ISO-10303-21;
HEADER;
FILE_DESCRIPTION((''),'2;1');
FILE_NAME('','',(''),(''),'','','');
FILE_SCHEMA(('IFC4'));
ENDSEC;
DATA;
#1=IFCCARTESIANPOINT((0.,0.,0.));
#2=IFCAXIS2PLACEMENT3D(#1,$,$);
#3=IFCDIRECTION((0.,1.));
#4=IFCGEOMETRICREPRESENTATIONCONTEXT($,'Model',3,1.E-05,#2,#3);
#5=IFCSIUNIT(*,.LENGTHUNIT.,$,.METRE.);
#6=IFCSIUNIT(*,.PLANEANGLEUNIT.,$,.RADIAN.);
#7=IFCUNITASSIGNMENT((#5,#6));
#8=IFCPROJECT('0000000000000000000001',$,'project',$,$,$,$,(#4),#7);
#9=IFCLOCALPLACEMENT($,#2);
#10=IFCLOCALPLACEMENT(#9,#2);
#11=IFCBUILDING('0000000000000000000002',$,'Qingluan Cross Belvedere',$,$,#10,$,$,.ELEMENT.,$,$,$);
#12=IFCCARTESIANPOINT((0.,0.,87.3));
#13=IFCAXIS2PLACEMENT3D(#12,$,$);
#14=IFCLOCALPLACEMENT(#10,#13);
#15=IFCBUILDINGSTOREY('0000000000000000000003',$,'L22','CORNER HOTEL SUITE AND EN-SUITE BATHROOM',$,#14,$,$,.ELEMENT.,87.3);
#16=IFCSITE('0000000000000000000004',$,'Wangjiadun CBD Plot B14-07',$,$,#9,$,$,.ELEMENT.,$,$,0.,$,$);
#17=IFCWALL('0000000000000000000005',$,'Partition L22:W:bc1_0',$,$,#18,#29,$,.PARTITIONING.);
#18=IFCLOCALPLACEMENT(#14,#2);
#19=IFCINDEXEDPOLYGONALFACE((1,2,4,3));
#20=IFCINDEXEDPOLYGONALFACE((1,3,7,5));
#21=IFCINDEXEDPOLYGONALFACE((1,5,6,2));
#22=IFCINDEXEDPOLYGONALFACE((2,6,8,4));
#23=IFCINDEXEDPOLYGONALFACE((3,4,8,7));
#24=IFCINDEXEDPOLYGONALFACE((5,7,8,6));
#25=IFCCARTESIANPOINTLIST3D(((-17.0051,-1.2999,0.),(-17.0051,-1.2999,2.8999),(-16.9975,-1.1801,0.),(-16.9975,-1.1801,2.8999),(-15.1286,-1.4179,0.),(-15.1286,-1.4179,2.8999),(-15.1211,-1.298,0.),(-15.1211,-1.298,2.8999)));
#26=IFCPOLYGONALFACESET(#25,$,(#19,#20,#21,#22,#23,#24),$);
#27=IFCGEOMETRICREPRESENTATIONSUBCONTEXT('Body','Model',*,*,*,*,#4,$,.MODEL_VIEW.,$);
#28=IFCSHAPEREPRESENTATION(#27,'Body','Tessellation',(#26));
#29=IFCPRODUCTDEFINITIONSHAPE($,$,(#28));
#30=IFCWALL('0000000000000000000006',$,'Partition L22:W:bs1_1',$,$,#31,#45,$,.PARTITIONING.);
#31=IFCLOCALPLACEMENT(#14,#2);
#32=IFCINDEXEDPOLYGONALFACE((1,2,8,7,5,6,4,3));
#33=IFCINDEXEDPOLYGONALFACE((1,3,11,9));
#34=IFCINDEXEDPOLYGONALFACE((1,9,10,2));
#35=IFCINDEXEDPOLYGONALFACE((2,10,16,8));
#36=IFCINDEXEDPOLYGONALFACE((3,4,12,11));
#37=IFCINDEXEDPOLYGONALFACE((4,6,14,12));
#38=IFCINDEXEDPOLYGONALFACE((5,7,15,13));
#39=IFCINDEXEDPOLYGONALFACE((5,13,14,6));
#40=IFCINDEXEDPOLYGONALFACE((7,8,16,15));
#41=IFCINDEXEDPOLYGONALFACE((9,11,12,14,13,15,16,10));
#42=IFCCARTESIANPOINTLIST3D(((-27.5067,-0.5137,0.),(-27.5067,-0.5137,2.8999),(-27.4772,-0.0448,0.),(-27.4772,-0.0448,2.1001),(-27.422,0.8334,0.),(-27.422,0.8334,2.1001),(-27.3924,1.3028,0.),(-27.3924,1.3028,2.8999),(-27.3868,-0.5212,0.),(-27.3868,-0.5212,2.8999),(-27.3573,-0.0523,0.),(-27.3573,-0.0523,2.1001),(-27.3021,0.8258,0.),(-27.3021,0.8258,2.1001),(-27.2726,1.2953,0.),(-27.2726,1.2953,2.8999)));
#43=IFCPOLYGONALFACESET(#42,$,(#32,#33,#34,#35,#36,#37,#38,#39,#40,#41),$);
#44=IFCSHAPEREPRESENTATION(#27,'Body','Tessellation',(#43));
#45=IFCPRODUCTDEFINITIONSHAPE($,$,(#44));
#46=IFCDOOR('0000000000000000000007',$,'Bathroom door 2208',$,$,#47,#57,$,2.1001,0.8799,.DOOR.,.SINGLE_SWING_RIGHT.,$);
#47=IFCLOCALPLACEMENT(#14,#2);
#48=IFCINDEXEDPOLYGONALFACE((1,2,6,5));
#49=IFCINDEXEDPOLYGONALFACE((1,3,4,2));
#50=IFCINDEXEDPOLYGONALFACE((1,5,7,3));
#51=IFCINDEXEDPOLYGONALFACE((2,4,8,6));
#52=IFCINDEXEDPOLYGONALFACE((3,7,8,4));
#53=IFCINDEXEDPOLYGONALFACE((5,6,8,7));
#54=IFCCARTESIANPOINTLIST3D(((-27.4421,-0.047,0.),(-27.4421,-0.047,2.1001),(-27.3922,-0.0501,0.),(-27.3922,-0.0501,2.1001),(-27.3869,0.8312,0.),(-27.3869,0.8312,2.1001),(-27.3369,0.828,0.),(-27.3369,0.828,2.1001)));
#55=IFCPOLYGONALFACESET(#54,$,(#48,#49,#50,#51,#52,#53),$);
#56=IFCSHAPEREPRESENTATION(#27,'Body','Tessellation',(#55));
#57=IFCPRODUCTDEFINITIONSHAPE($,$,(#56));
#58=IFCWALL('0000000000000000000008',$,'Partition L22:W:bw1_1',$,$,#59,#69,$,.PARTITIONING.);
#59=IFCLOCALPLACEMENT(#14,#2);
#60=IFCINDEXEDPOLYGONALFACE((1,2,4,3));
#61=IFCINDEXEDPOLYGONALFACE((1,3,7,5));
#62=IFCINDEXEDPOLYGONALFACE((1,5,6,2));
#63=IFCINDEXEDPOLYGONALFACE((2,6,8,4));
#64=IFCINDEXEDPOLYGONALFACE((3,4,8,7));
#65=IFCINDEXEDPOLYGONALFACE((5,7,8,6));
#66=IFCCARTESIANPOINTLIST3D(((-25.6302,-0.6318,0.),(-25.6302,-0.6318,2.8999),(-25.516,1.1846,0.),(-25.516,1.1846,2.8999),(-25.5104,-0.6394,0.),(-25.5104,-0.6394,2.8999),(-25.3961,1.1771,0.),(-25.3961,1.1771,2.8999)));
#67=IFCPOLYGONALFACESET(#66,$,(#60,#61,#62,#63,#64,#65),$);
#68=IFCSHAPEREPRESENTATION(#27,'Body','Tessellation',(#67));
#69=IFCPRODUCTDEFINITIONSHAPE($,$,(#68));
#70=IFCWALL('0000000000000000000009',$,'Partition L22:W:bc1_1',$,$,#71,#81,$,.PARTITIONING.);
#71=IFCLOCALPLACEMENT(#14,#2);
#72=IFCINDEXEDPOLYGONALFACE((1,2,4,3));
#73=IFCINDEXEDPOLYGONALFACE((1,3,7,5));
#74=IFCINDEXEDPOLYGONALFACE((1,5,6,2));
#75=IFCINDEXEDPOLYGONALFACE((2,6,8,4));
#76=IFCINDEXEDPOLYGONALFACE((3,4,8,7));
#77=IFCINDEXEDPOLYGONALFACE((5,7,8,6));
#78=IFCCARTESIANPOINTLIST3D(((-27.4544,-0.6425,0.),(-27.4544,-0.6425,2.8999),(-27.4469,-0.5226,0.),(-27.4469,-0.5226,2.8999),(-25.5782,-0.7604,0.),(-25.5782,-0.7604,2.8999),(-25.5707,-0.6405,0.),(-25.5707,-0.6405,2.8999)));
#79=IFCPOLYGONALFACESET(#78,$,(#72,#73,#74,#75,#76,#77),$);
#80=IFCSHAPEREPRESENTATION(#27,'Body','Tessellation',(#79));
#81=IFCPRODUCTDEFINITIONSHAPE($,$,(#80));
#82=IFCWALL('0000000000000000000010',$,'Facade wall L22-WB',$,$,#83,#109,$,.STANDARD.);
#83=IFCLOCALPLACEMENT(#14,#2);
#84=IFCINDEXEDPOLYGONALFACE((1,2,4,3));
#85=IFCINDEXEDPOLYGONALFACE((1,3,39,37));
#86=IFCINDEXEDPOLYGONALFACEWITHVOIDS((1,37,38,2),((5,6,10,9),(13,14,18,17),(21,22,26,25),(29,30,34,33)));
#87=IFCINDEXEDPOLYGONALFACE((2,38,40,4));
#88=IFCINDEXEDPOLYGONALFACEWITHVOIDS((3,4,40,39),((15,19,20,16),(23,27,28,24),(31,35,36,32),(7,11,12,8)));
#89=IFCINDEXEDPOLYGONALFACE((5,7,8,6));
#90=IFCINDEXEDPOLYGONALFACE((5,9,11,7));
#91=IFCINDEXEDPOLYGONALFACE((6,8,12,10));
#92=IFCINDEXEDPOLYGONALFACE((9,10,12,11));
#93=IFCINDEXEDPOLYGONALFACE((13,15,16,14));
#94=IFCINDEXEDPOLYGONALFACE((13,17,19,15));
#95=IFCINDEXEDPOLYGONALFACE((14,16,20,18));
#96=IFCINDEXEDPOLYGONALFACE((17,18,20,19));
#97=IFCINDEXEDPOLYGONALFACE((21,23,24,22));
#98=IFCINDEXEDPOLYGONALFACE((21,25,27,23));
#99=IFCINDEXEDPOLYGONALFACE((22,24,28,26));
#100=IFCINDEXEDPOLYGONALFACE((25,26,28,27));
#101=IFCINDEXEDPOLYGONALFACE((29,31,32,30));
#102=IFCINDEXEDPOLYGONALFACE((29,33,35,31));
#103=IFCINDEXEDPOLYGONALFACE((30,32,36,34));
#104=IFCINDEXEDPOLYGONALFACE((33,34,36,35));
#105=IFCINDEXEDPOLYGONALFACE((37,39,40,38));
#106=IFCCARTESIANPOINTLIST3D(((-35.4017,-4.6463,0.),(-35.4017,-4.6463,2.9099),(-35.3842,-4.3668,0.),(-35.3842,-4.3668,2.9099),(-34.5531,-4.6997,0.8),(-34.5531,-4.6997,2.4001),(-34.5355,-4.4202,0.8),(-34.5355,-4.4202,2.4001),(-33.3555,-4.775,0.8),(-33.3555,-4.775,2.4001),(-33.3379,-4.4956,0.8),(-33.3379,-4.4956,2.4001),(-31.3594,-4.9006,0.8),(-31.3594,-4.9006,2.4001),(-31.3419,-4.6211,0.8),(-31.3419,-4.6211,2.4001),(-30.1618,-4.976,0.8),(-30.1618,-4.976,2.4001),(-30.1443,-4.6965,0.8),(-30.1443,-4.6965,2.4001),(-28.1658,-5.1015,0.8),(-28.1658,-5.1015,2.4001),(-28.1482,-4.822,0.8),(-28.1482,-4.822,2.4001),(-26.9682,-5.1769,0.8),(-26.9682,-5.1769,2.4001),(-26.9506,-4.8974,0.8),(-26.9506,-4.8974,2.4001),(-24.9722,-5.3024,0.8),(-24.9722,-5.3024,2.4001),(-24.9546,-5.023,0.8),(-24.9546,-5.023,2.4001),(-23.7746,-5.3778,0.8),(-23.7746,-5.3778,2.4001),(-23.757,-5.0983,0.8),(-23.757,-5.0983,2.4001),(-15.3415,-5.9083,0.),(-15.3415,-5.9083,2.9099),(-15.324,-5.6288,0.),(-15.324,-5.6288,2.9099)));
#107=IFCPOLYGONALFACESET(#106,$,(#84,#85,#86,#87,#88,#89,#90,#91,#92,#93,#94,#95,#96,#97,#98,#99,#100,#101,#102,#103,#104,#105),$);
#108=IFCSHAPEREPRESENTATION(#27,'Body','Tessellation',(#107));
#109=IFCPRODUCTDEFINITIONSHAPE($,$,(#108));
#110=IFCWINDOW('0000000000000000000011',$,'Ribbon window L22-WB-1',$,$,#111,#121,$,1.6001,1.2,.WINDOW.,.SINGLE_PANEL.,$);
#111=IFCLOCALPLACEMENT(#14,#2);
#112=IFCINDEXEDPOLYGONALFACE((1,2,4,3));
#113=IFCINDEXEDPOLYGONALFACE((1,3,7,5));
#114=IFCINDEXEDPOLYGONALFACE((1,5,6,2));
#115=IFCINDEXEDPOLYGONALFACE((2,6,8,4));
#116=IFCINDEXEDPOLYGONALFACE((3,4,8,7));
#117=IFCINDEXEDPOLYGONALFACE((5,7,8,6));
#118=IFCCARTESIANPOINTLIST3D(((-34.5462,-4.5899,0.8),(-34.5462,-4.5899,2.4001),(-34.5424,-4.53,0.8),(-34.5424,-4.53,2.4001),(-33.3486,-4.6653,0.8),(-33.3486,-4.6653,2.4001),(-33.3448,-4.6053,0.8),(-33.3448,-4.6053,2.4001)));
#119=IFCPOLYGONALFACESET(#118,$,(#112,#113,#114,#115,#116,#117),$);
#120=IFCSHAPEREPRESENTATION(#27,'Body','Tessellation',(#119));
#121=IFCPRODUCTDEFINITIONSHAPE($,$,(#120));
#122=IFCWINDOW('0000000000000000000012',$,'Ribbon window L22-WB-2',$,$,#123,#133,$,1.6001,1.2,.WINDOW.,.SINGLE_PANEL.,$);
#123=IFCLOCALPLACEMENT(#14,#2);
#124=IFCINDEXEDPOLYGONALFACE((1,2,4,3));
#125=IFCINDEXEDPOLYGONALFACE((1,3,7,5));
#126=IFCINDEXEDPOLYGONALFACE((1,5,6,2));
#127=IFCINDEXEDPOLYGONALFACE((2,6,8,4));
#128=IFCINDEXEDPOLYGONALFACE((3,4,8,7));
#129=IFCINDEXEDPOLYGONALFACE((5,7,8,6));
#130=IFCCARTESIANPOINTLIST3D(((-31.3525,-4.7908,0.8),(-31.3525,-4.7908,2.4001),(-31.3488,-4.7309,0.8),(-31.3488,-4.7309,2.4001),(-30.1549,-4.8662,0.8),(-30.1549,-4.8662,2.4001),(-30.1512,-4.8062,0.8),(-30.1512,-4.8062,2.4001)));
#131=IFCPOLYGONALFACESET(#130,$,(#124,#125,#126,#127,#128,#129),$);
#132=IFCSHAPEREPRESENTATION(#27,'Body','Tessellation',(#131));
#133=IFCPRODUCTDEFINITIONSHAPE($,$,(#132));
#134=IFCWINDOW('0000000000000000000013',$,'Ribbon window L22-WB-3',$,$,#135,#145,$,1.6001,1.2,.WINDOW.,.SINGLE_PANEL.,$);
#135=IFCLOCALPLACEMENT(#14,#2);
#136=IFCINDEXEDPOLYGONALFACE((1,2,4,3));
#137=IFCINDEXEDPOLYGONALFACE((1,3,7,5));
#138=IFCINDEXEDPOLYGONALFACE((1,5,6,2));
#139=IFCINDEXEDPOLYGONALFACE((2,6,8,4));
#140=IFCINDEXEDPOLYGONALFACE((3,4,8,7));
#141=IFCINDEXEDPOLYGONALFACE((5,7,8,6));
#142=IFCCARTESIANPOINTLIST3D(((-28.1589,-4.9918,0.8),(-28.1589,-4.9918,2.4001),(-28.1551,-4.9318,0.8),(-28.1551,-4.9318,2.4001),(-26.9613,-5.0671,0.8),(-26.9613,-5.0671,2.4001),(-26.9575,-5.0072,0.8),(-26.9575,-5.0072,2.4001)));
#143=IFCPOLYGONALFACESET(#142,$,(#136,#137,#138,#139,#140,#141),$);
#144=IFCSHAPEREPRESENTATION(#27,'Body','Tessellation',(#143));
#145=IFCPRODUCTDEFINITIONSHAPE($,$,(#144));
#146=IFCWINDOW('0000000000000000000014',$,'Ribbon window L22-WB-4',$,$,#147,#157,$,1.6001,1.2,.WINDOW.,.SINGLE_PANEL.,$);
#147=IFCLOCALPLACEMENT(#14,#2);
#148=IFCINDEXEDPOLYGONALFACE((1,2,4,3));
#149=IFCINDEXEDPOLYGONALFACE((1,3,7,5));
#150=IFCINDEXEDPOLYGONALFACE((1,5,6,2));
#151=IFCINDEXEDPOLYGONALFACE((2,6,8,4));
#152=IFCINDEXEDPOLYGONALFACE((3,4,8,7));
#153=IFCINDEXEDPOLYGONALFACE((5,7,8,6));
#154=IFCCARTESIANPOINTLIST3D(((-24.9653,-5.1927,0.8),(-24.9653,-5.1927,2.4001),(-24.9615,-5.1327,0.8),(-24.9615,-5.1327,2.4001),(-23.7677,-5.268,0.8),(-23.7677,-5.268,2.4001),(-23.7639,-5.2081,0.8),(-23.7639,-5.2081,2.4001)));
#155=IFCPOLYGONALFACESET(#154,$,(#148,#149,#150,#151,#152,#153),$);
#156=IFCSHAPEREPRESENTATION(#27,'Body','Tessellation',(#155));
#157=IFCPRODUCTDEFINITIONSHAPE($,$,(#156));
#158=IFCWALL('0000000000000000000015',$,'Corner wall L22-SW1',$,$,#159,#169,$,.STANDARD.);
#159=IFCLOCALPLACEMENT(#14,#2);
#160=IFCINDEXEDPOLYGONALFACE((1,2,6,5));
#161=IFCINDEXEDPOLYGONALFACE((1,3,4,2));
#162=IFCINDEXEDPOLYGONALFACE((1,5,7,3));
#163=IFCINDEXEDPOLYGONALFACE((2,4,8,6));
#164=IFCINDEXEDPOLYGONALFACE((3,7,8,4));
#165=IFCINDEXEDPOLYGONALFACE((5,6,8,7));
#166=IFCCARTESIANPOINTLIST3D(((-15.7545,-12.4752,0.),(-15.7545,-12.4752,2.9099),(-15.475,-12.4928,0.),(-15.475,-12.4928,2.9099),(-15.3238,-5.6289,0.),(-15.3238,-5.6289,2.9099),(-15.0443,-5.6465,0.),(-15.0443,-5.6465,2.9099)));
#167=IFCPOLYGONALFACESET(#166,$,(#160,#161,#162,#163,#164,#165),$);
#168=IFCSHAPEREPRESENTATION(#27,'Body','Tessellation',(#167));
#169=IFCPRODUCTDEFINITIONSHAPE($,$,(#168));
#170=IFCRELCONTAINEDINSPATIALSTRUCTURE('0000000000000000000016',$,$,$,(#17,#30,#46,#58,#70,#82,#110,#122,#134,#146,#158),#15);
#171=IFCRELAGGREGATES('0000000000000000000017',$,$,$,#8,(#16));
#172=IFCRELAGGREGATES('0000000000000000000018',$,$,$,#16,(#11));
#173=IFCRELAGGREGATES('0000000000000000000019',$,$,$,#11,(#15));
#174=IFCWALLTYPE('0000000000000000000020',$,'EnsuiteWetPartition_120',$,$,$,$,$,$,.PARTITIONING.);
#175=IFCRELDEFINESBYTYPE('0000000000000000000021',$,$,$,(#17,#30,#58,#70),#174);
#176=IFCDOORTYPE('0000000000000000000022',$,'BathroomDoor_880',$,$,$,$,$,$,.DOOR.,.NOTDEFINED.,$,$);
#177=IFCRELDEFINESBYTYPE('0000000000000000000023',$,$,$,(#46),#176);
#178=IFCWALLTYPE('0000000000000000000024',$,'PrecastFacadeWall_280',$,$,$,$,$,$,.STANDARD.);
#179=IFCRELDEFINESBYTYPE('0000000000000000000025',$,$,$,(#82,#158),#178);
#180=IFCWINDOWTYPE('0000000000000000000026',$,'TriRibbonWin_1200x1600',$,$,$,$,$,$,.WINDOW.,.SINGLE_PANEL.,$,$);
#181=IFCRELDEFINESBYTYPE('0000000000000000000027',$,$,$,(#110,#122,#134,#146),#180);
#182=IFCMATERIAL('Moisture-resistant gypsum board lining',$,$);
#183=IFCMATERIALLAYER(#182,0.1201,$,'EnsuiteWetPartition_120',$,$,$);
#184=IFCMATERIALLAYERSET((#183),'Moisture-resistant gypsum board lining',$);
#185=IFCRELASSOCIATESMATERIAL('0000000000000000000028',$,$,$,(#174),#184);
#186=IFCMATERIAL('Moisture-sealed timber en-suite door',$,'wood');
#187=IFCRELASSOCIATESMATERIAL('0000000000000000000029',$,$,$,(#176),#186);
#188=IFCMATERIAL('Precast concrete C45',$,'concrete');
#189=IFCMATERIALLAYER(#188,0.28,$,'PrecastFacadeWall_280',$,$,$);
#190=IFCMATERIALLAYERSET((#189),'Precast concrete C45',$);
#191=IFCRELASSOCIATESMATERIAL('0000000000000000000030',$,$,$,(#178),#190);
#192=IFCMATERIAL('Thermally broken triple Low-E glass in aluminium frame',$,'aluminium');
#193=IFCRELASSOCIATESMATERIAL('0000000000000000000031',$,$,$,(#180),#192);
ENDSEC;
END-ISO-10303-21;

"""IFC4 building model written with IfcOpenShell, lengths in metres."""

from ifc_helpers import new_model, si_unit, direction, frame, frame_2d, origin, place, context, subcontext, project, spatial, rectangle, extrude, material, layer, layer_set, type_object, element, fill, save


model = new_model("IFC4")

# Units and contexts
model_context = context("Model", 3, precision=1e-05, world=origin(), true_north=direction((0.0, 1.0)))
body_context = subcontext(model_context, "Body", "Model", "MODEL_VIEW")
ifc_project = project(units=[si_unit("LENGTHUNIT", "METRE"), si_unit("PLANEANGLEUNIT", "RADIAN")], contexts=[model_context])

# Site, building, storey
site_placement = place(None, origin())
site = spatial("IfcSite", under=ifc_project, at=site_placement, Name="Wangjiadun CBD Plot B14-07", CompositionType="ELEMENT", RefElevation=0.0)
building_placement = place(site_placement, origin())
building = spatial("IfcBuilding", under=site, at=building_placement, Name="Qingluan Cross Belvedere", CompositionType="ELEMENT")
storey_placement = place(building_placement, frame((0.0, 0.0, 87.3)))
storey = spatial("IfcBuildingStorey", under=building, at=storey_placement, Name="L22", Description="CORNER HOTEL SUITE AND EN-SUITE BATHROOM", CompositionType="ELEMENT", Elevation=87.3)

# Shared definitions
ifc_material_1 = material(Name="Moisture-resistant gypsum board lining")
ifc_layer_1 = layer(ifc_material_1, 0.1201, Name="EnsuiteWetPartition_120")
ifc_layer_set_1 = layer_set([ifc_layer_1], Name="Moisture-resistant gypsum board lining")
wall_type_1 = type_object("IfcWallType", Name="EnsuiteWetPartition_120", PredefinedType="PARTITIONING", material=ifc_layer_set_1)
ifc_material_2 = material(Name="Moisture-sealed timber en-suite door", Category="wood")
door_type = type_object("IfcDoorType", Name="BathroomDoor_880", OperationType="NOTDEFINED", PredefinedType="DOOR", material=ifc_material_2)

# Wall
wall_1_placement = place(storey_placement, frame((-15.125, -1.3579, 0.0), z_axis=(0.0, 0.0, 1.0), x_axis=(-0.998031, 0.062718, 0.0)))
element("IfcWall", 1, at=wall_1_placement, inside=storey, type_object=wall_type_1, Name="Partition L22:W:bc1_0", PredefinedType="PARTITIONING", context=body_context, shape_type="SweptSolid", body=[
    extrude(rectangle(XDim=1.8801, YDim=0.1201, at=frame_2d((0.9399, 0.0))), origin(), (0.0, 0.0, 1.0), 2.8999),
])

# Wall, opening, door
wall_2_placement = place(storey_placement, frame((-27.4468, -0.5176, 0.0), z_axis=(0.0, 0.0, 1.0), x_axis=(0.062779, 0.998027, 0.0)))
wall_2 = element("IfcWall", 2, at=wall_2_placement, inside=storey, type_object=wall_type_1, Name="Partition L22:W:bs1_1", PredefinedType="PARTITIONING", context=body_context, shape_type="SweptSolid", body=[
    extrude(rectangle(XDim=1.8201, YDim=0.1201, at=frame_2d((0.9102, 0.0))), origin(), (0.0, 0.0, 1.0), 2.8999),
])
opening_1_placement = place(wall_2_placement, frame((0.47, 0.0, 0.0)))
opening_1 = element("IfcOpeningElement", 3, at=opening_1_placement, cuts=wall_2, PredefinedType="OPENING", context=body_context, shape_type="SweptSolid", body=[
    extrude(rectangle(XDim=0.8799, YDim=2.1001, at=frame_2d((0.4399, 1.05))), frame((0.0, 0.0701, 0.0), z_axis=(0.0, -1.0, 0.0), x_axis=(1.0, 0.0, 0.0)), (0.0, 0.0, 1.0), 0.1401),
])
door_1_placement = place(opening_1_placement, origin())
door_1 = element("IfcDoor", 4, at=door_1_placement, inside=storey, type_object=door_type, Name="Bathroom door 2208", OperationType="SINGLE_SWING_RIGHT", OverallHeight=2.1001, OverallWidth=0.8799, PredefinedType="DOOR", context=body_context, shape_type="SweptSolid", body=[
    extrude(rectangle(XDim=0.8799, YDim=2.1001, at=frame_2d((0.4399, 1.05))), frame((0.0, 0.0249, 0.0), z_axis=(0.0, -1.0, 0.0), x_axis=(1.0, 0.0, 0.0)), (0.0, 0.0, 1.0), 0.05),
])
fill(opening_1, door_1)

# Walls
wall_3_placement = place(storey_placement, frame((-25.5703, -0.6357, 0.0), z_axis=(0.0, 0.0, 1.0), x_axis=(0.062779, 0.998027, 0.0)))
element("IfcWall", 5, at=wall_3_placement, inside=storey, type_object=wall_type_1, Name="Partition L22:W:bw1_1", PredefinedType="PARTITIONING", context=body_context, shape_type="SweptSolid", body=[
    extrude(rectangle(XDim=1.8201, YDim=0.1201, at=frame_2d((0.9102, 0.0))), origin(), (0.0, 0.0, 1.0), 2.8999),
])
wall_4_placement = place(storey_placement, frame((-25.5745, -0.7004, 0.0), z_axis=(0.0, 0.0, 1.0), x_axis=(-0.998031, 0.062726, 0.0)))
element("IfcWall", 6, at=wall_4_placement, inside=storey, type_object=wall_type_1, Name="Partition L22:W:bc1_1", PredefinedType="PARTITIONING", context=body_context, shape_type="SweptSolid", body=[
    extrude(rectangle(XDim=1.8799, YDim=0.1201, at=frame_2d((0.9399, 0.0))), origin(), (0.0, 0.0, 1.0), 2.8999),
])

# Wall, openings, windows
ifc_material_3 = material(Name="Precast concrete C45", Category="concrete")
ifc_layer_2 = layer(ifc_material_3, 0.28, Name="PrecastFacadeWall_280")
ifc_layer_set_2 = layer_set([ifc_layer_2], Name="Precast concrete C45")
wall_type_2 = type_object("IfcWallType", Name="PrecastFacadeWall_280", PredefinedType="STANDARD", material=ifc_layer_set_2)
wall_5_placement = place(storey_placement, frame((-35.3928, -4.5066, 0.0), z_axis=(0.0, 0.0, 1.0), x_axis=(0.998027, -0.062784, 0.0)))
wall_5 = element("IfcWall", 7, at=wall_5_placement, inside=storey, type_object=wall_type_2, Name="Facade wall L22-WB", PredefinedType="STANDARD", context=body_context, shape_type="SweptSolid", body=[
    extrude(rectangle(XDim=20.0999, YDim=0.28, at=frame_2d((10.0498, 0.0))), origin(), (0.0, 0.0, 1.0), 2.9099),
])
opening_2_placement = place(wall_5_placement, frame((0.8501, 0.0, 0.8)))
opening_2 = element("IfcOpeningElement", 8, at=opening_2_placement, cuts=wall_5, PredefinedType="OPENING", context=body_context, shape_type="SweptSolid", body=[
    extrude(rectangle(XDim=1.2, YDim=1.6001, at=frame_2d((0.6001, 0.8))), frame((0.0, 0.1499, 0.0), z_axis=(0.0, -1.0, 0.0), x_axis=(1.0, 0.0, 0.0)), (0.0, 0.0, 1.0), 0.3),
])
opening_3_placement = place(wall_5_placement, frame((4.05, 0.0, 0.8)))
opening_3 = element("IfcOpeningElement", 9, at=opening_3_placement, cuts=wall_5, PredefinedType="OPENING", context=body_context, shape_type="SweptSolid", body=[
    extrude(rectangle(XDim=1.2, YDim=1.6001, at=frame_2d((0.6001, 0.8))), frame((0.0, 0.1499, 0.0), z_axis=(0.0, -1.0, 0.0), x_axis=(1.0, 0.0, 0.0)), (0.0, 0.0, 1.0), 0.3),
])
opening_4_placement = place(wall_5_placement, frame((7.25, 0.0, 0.8)))
opening_4 = element("IfcOpeningElement", 10, at=opening_4_placement, cuts=wall_5, PredefinedType="OPENING", context=body_context, shape_type="SweptSolid", body=[
    extrude(rectangle(XDim=1.2, YDim=1.6001, at=frame_2d((0.6001, 0.8))), frame((0.0, 0.1499, 0.0), z_axis=(0.0, -1.0, 0.0), x_axis=(1.0, 0.0, 0.0)), (0.0, 0.0, 1.0), 0.3),
])
opening_5_placement = place(wall_5_placement, frame((10.45, 0.0, 0.8)))
opening_5 = element("IfcOpeningElement", 11, at=opening_5_placement, cuts=wall_5, PredefinedType="OPENING", context=body_context, shape_type="SweptSolid", body=[
    extrude(rectangle(XDim=1.2, YDim=1.6001, at=frame_2d((0.6001, 0.8))), frame((0.0, 0.1499, 0.0), z_axis=(0.0, -1.0, 0.0), x_axis=(1.0, 0.0, 0.0)), (0.0, 0.0, 1.0), 0.3),
])
ifc_material_4 = material(Name="Thermally broken triple Low-E glass in aluminium frame", Category="aluminium")
window_type = type_object("IfcWindowType", Name="TriRibbonWin_1200x1600", PartitioningType="SINGLE_PANEL", PredefinedType="WINDOW", material=ifc_material_4)
window_1_placement = place(opening_2_placement, origin())
window_1 = element("IfcWindow", 12, at=window_1_placement, inside=storey, type_object=window_type, Name="Ribbon window L22-WB-1", OverallHeight=1.6001, OverallWidth=1.2, PartitioningType="SINGLE_PANEL", PredefinedType="WINDOW", context=body_context, shape_type="SweptSolid", body=[
    extrude(rectangle(XDim=1.2, YDim=1.6001, at=frame_2d((0.6001, 0.8))), frame((0.0, 0.03, 0.0), z_axis=(0.0, -1.0, 0.0), x_axis=(1.0, 0.0, 0.0)), (0.0, 0.0, 1.0), 0.0601),
])
fill(opening_2, window_1)
window_2_placement = place(opening_3_placement, origin())
window_2 = element("IfcWindow", 13, at=window_2_placement, inside=storey, type_object=window_type, Name="Ribbon window L22-WB-2", OverallHeight=1.6001, OverallWidth=1.2, PartitioningType="SINGLE_PANEL", PredefinedType="WINDOW", context=body_context, shape_type="SweptSolid", body=[
    extrude(rectangle(XDim=1.2, YDim=1.6001, at=frame_2d((0.6001, 0.8))), frame((0.0, 0.03, 0.0), z_axis=(0.0, -1.0, 0.0), x_axis=(1.0, 0.0, 0.0)), (0.0, 0.0, 1.0), 0.0601),
])
fill(opening_3, window_2)
window_3_placement = place(opening_4_placement, origin())
window_3 = element("IfcWindow", 14, at=window_3_placement, inside=storey, type_object=window_type, Name="Ribbon window L22-WB-3", OverallHeight=1.6001, OverallWidth=1.2, PartitioningType="SINGLE_PANEL", PredefinedType="WINDOW", context=body_context, shape_type="SweptSolid", body=[
    extrude(rectangle(XDim=1.2, YDim=1.6001, at=frame_2d((0.6001, 0.8))), frame((0.0, 0.03, 0.0), z_axis=(0.0, -1.0, 0.0), x_axis=(1.0, 0.0, 0.0)), (0.0, 0.0, 1.0), 0.0601),
])
fill(opening_4, window_3)
window_4_placement = place(opening_5_placement, origin())
window_4 = element("IfcWindow", 15, at=window_4_placement, inside=storey, type_object=window_type, Name="Ribbon window L22-WB-4", OverallHeight=1.6001, OverallWidth=1.2, PartitioningType="SINGLE_PANEL", PredefinedType="WINDOW", context=body_context, shape_type="SweptSolid", body=[
    extrude(rectangle(XDim=1.2, YDim=1.6001, at=frame_2d((0.6001, 0.8))), frame((0.0, 0.03, 0.0), z_axis=(0.0, -1.0, 0.0), x_axis=(1.0, 0.0, 0.0)), (0.0, 0.0, 1.0), 0.0601),
])
fill(opening_5, window_4)

# Wall
wall_6_placement = place(storey_placement, frame((-15.1841, -5.6377, 0.0), z_axis=(0.0, 0.0, 1.0), x_axis=(-0.062779, -0.998027, 0.0)))
element("IfcWall", 16, at=wall_6_placement, inside=storey, type_object=wall_type_2, Name="Corner wall L22-SW1", PredefinedType="STANDARD", context=body_context, shape_type="SweptSolid", body=[
    extrude(rectangle(XDim=6.8599, YDim=0.28, at=frame_2d((3.4299, 0.0))), origin(), (0.0, 0.0, 1.0), 2.9099),
])

save(model, "model.ifc")
